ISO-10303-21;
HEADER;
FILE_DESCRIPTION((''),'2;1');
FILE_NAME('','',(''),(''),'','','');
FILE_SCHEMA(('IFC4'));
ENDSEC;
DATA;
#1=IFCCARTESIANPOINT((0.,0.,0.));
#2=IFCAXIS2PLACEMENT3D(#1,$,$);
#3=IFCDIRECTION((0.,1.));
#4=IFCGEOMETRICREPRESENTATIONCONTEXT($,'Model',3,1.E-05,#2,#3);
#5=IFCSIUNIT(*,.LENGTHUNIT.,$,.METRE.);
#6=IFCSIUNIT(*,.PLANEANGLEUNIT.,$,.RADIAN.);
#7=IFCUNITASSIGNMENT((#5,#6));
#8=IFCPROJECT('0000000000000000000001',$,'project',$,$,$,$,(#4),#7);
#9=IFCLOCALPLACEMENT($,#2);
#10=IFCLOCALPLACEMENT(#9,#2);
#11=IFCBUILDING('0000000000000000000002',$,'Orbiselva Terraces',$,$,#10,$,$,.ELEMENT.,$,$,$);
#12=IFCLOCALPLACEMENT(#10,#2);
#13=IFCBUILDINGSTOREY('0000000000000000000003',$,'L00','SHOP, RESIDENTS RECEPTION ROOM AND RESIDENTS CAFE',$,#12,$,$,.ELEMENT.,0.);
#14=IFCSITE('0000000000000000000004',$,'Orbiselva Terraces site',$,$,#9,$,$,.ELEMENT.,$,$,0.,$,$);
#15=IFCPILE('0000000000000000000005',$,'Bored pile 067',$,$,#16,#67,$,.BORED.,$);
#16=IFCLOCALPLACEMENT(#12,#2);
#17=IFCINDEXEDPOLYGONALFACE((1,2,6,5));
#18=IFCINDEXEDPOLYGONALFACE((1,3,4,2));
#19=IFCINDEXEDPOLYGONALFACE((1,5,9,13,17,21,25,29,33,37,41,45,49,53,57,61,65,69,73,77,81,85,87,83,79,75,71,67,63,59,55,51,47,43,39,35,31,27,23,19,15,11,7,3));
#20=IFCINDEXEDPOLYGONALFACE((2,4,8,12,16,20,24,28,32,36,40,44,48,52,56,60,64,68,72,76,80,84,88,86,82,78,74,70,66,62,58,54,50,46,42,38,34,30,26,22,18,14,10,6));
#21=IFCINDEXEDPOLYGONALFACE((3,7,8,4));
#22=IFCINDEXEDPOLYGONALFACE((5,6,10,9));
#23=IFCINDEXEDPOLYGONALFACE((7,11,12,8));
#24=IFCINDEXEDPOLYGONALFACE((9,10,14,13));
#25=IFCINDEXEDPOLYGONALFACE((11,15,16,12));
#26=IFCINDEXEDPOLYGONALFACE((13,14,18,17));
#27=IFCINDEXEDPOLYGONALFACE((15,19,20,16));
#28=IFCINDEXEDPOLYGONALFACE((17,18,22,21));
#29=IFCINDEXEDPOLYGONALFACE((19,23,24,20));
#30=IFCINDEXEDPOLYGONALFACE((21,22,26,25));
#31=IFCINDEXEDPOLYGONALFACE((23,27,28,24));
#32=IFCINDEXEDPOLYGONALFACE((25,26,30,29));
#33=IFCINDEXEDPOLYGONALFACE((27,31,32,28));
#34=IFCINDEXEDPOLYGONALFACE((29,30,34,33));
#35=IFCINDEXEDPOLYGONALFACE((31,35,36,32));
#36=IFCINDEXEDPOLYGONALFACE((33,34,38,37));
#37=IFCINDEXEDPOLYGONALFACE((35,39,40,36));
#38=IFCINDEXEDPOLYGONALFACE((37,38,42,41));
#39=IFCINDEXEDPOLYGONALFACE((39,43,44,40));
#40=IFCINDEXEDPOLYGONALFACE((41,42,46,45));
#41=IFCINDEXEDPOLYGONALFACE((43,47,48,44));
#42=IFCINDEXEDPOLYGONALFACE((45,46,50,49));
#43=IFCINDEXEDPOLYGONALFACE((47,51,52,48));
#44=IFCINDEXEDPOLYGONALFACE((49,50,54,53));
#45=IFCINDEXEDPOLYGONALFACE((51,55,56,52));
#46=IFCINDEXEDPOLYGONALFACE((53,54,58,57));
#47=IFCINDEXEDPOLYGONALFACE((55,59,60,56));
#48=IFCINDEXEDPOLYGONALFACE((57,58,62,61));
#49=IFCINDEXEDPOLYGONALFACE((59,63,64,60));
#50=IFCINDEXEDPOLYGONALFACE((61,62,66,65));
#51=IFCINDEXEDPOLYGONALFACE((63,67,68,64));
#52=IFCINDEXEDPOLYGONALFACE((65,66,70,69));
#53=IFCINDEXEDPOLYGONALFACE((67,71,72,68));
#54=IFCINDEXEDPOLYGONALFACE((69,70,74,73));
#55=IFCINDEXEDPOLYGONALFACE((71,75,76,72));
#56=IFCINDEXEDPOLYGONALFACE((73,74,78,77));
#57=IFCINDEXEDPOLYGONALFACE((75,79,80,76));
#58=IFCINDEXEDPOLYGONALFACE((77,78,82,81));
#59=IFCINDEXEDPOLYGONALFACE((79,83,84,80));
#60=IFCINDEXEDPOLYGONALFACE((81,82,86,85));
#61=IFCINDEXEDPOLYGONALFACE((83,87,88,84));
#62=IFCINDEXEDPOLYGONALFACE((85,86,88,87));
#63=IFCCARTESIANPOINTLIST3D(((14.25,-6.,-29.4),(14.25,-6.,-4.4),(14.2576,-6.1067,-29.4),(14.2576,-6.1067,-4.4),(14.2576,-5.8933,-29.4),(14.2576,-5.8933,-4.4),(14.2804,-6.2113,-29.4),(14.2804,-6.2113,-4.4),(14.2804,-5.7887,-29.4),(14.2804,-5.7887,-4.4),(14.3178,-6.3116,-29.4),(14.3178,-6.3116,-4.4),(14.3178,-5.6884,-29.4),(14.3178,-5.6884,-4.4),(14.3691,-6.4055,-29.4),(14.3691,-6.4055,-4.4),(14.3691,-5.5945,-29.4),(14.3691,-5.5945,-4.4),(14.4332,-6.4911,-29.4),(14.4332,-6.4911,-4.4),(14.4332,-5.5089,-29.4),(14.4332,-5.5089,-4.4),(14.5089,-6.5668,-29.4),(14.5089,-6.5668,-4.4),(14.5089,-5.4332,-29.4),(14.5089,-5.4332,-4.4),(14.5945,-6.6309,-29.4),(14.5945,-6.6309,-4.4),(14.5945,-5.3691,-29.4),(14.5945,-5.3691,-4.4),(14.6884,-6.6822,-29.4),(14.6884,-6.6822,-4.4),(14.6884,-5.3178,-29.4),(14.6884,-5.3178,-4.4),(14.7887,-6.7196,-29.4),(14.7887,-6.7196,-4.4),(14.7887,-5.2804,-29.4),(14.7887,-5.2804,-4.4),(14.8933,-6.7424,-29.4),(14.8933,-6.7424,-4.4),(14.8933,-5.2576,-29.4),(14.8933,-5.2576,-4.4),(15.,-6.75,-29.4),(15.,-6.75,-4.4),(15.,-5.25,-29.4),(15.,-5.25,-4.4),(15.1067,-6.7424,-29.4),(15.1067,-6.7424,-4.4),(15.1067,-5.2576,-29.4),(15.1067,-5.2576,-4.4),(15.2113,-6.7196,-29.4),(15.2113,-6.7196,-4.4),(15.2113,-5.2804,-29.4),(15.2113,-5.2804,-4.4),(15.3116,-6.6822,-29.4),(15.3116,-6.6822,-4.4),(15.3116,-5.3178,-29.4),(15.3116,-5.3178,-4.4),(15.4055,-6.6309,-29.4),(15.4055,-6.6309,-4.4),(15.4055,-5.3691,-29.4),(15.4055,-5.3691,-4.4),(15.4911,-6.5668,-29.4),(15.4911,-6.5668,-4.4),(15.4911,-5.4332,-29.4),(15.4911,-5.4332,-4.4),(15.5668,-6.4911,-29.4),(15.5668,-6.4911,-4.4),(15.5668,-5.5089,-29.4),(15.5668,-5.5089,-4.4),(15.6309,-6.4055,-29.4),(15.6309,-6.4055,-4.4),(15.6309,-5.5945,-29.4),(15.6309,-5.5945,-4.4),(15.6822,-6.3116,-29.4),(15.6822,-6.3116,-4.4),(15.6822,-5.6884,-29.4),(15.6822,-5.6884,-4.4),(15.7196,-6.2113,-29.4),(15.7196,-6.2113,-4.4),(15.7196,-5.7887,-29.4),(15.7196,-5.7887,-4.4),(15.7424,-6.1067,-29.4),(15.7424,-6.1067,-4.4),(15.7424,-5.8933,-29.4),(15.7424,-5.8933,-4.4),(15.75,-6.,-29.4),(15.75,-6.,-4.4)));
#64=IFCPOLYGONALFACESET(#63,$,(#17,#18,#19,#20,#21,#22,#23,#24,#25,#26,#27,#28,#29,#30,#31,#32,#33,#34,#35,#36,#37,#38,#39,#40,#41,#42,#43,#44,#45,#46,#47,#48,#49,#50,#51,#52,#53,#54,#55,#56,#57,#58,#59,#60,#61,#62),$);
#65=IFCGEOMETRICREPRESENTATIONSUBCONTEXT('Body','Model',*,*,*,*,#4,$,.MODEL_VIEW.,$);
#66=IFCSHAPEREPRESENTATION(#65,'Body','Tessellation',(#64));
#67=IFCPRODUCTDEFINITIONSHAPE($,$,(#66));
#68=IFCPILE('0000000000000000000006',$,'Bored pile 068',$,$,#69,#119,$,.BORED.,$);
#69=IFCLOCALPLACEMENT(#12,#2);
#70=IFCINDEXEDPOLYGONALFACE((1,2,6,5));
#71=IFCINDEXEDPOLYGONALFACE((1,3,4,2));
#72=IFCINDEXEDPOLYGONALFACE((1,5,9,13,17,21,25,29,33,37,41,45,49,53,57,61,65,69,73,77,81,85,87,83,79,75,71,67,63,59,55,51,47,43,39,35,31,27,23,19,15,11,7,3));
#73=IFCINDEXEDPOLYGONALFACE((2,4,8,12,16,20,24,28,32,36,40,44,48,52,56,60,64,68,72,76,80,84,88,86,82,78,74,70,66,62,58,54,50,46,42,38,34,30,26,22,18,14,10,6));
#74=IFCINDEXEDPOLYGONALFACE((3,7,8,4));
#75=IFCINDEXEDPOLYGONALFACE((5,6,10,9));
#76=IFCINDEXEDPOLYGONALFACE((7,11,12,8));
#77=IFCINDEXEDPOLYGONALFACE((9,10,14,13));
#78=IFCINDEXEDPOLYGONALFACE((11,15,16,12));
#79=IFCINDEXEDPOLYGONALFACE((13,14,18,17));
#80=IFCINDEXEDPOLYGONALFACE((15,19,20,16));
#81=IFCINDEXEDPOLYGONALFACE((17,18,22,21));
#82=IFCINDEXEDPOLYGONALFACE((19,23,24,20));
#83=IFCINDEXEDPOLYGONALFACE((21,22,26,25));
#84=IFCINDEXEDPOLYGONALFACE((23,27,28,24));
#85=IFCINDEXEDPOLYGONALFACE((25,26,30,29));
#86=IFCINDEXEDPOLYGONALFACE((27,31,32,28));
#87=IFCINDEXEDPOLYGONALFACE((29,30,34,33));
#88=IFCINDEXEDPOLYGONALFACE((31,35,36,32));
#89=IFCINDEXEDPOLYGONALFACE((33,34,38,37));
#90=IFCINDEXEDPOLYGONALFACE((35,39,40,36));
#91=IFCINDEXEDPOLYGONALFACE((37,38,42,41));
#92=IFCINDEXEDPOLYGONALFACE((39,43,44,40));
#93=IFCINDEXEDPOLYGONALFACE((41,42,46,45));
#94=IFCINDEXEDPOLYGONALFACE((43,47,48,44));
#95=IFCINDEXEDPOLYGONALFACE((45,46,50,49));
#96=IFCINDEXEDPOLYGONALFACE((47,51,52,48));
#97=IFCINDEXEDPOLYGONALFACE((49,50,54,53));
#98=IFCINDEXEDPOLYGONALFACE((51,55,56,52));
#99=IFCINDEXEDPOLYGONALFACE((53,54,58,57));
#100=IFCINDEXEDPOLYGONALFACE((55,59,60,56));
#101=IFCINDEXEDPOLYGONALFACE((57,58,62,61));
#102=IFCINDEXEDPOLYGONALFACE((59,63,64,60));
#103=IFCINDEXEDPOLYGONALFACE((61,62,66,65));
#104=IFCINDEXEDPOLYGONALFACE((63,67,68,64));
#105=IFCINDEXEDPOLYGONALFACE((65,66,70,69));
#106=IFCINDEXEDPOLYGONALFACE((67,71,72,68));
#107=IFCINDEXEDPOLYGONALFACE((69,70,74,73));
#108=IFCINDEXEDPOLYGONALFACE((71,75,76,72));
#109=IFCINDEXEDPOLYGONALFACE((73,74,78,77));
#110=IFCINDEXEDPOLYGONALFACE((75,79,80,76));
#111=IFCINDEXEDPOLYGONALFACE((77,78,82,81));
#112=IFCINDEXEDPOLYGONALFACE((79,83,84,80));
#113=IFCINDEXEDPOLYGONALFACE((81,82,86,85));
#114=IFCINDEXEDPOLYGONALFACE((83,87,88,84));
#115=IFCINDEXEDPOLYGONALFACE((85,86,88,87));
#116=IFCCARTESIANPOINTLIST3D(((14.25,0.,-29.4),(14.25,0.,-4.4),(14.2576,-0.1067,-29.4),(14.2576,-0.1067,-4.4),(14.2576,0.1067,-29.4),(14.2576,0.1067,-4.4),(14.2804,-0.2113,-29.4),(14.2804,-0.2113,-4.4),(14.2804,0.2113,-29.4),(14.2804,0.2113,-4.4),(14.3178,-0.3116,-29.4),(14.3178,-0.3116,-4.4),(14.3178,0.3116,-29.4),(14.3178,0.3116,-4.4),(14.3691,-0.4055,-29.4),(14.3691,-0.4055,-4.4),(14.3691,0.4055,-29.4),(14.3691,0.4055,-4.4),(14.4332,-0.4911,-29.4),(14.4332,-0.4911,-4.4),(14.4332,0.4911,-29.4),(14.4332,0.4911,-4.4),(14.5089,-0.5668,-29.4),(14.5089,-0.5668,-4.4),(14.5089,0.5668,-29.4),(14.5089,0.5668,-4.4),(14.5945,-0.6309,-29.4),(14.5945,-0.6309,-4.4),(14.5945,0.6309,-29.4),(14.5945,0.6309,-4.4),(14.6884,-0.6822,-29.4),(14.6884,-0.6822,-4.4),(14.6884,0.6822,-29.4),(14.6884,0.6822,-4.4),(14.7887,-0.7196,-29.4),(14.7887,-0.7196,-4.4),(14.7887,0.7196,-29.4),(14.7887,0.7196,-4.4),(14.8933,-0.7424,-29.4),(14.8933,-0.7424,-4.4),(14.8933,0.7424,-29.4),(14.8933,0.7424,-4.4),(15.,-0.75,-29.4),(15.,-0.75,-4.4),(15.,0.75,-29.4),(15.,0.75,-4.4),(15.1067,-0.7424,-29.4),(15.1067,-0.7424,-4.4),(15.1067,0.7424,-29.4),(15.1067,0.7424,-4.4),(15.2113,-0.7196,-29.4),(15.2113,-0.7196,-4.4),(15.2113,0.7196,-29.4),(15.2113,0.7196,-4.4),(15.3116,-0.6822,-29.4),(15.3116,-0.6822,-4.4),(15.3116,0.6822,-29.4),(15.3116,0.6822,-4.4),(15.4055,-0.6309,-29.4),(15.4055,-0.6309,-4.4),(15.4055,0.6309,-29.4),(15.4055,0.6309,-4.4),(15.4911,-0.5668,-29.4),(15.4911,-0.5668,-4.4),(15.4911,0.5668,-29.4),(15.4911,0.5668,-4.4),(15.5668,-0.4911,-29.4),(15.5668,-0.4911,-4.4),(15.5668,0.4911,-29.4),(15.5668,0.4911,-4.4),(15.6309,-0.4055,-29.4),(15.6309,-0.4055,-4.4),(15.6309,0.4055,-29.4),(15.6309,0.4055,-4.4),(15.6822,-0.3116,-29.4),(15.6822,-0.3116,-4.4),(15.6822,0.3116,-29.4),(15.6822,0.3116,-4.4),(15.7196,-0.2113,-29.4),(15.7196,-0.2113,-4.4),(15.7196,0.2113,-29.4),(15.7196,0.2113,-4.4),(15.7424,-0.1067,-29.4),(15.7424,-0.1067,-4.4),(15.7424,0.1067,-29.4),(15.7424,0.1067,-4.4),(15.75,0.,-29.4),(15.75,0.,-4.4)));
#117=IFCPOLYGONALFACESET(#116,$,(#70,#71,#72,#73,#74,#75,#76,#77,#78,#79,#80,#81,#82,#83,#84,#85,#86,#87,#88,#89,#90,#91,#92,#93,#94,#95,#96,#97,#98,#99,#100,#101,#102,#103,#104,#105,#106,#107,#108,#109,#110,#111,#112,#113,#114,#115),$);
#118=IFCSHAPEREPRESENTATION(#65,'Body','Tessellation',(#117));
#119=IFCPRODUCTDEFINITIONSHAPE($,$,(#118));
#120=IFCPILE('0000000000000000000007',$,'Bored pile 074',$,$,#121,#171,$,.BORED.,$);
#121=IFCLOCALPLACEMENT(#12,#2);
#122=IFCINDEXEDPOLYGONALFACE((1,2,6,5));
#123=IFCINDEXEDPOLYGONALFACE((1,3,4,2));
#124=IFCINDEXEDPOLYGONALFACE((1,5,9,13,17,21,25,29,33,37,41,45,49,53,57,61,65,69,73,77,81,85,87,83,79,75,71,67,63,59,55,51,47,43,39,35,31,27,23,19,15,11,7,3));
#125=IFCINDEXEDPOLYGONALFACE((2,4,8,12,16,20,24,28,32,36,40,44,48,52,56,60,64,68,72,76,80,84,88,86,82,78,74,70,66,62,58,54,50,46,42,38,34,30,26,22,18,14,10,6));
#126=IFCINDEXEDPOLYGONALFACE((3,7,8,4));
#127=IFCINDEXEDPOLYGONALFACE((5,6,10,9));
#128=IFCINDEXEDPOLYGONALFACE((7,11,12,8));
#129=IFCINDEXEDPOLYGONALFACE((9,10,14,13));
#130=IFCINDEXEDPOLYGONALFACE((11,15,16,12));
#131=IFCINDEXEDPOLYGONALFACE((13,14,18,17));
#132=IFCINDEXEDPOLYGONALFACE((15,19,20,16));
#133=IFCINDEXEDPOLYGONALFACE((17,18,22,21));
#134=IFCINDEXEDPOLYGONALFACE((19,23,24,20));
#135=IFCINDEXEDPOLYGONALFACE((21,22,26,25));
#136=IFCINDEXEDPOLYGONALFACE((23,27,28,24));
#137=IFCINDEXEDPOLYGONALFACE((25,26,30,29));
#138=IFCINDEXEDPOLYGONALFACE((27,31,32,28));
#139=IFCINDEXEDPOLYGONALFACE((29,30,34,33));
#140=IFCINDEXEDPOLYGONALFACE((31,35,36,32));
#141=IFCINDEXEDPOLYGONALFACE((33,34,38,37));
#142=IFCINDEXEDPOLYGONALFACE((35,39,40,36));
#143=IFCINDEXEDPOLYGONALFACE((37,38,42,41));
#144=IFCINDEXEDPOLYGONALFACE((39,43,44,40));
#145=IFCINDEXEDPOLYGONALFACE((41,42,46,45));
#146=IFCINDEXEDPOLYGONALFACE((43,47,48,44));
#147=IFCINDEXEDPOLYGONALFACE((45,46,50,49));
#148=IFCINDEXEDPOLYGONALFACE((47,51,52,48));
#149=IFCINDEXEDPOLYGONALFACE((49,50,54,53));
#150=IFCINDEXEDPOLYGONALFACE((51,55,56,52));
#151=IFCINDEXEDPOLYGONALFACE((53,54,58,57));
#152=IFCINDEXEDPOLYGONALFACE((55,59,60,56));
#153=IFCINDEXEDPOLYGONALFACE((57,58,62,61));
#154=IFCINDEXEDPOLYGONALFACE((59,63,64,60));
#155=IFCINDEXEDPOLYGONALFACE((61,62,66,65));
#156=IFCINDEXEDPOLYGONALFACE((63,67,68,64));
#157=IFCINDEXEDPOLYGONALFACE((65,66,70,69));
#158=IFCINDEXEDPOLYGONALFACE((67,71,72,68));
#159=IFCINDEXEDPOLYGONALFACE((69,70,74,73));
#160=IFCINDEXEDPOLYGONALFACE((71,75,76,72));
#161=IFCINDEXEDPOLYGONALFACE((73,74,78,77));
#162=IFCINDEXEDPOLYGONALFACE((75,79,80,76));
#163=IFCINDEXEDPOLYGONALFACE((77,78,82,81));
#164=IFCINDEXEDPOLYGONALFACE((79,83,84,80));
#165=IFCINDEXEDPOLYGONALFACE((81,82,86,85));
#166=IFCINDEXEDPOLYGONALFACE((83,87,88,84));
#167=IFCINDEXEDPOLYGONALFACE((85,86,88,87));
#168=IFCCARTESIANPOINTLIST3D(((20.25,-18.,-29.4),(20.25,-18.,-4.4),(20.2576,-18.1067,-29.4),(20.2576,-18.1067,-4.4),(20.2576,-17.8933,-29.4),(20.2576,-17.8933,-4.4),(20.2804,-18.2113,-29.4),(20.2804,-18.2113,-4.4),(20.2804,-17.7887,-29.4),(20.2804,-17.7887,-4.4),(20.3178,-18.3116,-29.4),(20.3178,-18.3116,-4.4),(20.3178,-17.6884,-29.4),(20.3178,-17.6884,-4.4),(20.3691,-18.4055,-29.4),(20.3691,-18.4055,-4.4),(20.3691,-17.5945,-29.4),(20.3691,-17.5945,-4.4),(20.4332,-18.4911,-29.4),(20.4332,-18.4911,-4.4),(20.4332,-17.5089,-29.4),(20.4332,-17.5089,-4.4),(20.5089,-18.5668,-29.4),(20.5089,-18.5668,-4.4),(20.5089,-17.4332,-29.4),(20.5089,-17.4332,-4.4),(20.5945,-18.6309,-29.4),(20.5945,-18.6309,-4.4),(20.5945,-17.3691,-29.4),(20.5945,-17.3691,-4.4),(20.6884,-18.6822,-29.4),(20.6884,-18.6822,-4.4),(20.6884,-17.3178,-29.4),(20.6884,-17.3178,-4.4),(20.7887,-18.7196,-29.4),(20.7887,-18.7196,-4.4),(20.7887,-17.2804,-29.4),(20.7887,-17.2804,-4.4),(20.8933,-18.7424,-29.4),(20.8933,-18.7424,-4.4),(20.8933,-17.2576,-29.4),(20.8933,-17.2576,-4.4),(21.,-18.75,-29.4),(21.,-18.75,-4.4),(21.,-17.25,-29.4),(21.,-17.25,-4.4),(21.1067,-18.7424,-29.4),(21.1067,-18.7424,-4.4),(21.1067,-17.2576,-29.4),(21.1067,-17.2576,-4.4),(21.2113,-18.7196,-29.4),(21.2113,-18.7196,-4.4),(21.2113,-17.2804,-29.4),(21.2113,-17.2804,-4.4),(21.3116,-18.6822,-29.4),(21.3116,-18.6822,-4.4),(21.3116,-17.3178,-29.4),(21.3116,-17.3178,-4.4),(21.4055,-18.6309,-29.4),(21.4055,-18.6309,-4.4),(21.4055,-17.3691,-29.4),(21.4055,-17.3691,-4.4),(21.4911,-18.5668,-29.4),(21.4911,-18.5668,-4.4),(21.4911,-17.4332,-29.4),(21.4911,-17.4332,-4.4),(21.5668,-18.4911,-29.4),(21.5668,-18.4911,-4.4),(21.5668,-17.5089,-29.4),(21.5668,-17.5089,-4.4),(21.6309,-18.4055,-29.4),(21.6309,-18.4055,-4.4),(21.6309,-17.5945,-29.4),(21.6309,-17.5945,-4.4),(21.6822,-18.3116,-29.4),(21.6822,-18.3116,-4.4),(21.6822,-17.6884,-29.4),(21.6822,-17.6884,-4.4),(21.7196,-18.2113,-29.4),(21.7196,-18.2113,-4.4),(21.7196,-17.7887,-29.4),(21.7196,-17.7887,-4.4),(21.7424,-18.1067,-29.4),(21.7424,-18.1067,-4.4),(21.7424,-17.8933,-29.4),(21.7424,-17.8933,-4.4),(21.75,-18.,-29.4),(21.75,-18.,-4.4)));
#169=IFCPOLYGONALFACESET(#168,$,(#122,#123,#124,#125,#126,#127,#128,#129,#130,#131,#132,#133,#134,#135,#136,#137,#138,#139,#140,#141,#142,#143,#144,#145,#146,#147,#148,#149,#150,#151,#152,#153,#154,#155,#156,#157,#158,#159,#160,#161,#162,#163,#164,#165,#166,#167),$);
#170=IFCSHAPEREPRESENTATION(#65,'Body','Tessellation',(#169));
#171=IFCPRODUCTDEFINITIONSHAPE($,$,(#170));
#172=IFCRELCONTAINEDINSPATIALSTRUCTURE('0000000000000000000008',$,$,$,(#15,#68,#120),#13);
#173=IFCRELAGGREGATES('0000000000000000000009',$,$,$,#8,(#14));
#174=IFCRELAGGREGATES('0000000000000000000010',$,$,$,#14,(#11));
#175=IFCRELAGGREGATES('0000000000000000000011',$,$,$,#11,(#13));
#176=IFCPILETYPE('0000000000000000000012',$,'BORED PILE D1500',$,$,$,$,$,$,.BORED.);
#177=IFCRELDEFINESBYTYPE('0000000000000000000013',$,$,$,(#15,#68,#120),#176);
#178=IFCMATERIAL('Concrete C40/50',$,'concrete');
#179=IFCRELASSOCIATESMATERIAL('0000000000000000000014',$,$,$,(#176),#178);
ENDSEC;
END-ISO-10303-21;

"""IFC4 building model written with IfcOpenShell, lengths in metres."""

from ifc_helpers import new_model, si_unit, direction, frame, origin, origin_2d, place, context, subcontext, project, spatial, circle, extrude, material, material_profile, profile_set, type_object, element, save


model = new_model("IFC4")

# Units and contexts
model_context = context("Model", 3, precision=1e-05, world=origin(), true_north=direction((0.0, 1.0)))
body_context = subcontext(model_context, "Body", "Model", "MODEL_VIEW")
ifc_project = project(units=[si_unit("LENGTHUNIT", "METRE"), si_unit("PLANEANGLEUNIT", "RADIAN")], contexts=[model_context])

# Site, building, storey
site_placement = place(None, origin())
site = spatial("IfcSite", under=ifc_project, at=site_placement, Name="Orbiselva Terraces site", CompositionType="ELEMENT", RefElevation=0.0)
building_placement = place(site_placement, origin())
building = spatial("IfcBuilding", under=site, at=building_placement, Name="Orbiselva Terraces", CompositionType="ELEMENT")
storey_placement = place(building_placement, origin())
storey = spatial("IfcBuildingStorey", under=building, at=storey_placement, Name="L00", Description="SHOP, RESIDENTS RECEPTION ROOM AND RESIDENTS CAFE", CompositionType="ELEMENT", Elevation=0.0)

# Piles
ifc_material_1 = material(Name="Concrete C40/50", Category="concrete")
ifc_material_profile_1 = material_profile(ifc_material_1, circle(Radius=0.75, at=origin_2d()), Name="D1500")
ifc_profile_set_1 = profile_set([ifc_material_profile_1], Name="Concrete C40/50")
pile_type = type_object("IfcPileType", Name="BORED PILE D1500", PredefinedType="BORED", material=ifc_profile_set_1)
for number, where, z_axis, x_axis, name in (
    (1, (15.0, -6.0, -4.4), (0.0, 0.0, -1.0), (1.0, 0.0, 0.0), "Bored pile 067"),
    (2, (15.0, 0.0, -4.4), (0.0, 0.0, -1.0), (1.0, 0.0, 0.0), "Bored pile 068"),
    (3, (21.0, -18.0, -4.4), (0.0, 0.0, -1.0), (1.0, 0.0, 0.0), "Bored pile 074"),
):
    element("IfcPile", number, at=place(storey_placement, frame(where, z_axis=z_axis, x_axis=x_axis)), inside=storey, type_object=pile_type, Name=name, PredefinedType="BORED", context=body_context, shape_type="SweptSolid", body=[
        extrude(circle(Radius=0.75, at=origin_2d()), origin(), (0.0, 0.0, 1.0), 25.0),
    ])

save(model, "model.ifc")
